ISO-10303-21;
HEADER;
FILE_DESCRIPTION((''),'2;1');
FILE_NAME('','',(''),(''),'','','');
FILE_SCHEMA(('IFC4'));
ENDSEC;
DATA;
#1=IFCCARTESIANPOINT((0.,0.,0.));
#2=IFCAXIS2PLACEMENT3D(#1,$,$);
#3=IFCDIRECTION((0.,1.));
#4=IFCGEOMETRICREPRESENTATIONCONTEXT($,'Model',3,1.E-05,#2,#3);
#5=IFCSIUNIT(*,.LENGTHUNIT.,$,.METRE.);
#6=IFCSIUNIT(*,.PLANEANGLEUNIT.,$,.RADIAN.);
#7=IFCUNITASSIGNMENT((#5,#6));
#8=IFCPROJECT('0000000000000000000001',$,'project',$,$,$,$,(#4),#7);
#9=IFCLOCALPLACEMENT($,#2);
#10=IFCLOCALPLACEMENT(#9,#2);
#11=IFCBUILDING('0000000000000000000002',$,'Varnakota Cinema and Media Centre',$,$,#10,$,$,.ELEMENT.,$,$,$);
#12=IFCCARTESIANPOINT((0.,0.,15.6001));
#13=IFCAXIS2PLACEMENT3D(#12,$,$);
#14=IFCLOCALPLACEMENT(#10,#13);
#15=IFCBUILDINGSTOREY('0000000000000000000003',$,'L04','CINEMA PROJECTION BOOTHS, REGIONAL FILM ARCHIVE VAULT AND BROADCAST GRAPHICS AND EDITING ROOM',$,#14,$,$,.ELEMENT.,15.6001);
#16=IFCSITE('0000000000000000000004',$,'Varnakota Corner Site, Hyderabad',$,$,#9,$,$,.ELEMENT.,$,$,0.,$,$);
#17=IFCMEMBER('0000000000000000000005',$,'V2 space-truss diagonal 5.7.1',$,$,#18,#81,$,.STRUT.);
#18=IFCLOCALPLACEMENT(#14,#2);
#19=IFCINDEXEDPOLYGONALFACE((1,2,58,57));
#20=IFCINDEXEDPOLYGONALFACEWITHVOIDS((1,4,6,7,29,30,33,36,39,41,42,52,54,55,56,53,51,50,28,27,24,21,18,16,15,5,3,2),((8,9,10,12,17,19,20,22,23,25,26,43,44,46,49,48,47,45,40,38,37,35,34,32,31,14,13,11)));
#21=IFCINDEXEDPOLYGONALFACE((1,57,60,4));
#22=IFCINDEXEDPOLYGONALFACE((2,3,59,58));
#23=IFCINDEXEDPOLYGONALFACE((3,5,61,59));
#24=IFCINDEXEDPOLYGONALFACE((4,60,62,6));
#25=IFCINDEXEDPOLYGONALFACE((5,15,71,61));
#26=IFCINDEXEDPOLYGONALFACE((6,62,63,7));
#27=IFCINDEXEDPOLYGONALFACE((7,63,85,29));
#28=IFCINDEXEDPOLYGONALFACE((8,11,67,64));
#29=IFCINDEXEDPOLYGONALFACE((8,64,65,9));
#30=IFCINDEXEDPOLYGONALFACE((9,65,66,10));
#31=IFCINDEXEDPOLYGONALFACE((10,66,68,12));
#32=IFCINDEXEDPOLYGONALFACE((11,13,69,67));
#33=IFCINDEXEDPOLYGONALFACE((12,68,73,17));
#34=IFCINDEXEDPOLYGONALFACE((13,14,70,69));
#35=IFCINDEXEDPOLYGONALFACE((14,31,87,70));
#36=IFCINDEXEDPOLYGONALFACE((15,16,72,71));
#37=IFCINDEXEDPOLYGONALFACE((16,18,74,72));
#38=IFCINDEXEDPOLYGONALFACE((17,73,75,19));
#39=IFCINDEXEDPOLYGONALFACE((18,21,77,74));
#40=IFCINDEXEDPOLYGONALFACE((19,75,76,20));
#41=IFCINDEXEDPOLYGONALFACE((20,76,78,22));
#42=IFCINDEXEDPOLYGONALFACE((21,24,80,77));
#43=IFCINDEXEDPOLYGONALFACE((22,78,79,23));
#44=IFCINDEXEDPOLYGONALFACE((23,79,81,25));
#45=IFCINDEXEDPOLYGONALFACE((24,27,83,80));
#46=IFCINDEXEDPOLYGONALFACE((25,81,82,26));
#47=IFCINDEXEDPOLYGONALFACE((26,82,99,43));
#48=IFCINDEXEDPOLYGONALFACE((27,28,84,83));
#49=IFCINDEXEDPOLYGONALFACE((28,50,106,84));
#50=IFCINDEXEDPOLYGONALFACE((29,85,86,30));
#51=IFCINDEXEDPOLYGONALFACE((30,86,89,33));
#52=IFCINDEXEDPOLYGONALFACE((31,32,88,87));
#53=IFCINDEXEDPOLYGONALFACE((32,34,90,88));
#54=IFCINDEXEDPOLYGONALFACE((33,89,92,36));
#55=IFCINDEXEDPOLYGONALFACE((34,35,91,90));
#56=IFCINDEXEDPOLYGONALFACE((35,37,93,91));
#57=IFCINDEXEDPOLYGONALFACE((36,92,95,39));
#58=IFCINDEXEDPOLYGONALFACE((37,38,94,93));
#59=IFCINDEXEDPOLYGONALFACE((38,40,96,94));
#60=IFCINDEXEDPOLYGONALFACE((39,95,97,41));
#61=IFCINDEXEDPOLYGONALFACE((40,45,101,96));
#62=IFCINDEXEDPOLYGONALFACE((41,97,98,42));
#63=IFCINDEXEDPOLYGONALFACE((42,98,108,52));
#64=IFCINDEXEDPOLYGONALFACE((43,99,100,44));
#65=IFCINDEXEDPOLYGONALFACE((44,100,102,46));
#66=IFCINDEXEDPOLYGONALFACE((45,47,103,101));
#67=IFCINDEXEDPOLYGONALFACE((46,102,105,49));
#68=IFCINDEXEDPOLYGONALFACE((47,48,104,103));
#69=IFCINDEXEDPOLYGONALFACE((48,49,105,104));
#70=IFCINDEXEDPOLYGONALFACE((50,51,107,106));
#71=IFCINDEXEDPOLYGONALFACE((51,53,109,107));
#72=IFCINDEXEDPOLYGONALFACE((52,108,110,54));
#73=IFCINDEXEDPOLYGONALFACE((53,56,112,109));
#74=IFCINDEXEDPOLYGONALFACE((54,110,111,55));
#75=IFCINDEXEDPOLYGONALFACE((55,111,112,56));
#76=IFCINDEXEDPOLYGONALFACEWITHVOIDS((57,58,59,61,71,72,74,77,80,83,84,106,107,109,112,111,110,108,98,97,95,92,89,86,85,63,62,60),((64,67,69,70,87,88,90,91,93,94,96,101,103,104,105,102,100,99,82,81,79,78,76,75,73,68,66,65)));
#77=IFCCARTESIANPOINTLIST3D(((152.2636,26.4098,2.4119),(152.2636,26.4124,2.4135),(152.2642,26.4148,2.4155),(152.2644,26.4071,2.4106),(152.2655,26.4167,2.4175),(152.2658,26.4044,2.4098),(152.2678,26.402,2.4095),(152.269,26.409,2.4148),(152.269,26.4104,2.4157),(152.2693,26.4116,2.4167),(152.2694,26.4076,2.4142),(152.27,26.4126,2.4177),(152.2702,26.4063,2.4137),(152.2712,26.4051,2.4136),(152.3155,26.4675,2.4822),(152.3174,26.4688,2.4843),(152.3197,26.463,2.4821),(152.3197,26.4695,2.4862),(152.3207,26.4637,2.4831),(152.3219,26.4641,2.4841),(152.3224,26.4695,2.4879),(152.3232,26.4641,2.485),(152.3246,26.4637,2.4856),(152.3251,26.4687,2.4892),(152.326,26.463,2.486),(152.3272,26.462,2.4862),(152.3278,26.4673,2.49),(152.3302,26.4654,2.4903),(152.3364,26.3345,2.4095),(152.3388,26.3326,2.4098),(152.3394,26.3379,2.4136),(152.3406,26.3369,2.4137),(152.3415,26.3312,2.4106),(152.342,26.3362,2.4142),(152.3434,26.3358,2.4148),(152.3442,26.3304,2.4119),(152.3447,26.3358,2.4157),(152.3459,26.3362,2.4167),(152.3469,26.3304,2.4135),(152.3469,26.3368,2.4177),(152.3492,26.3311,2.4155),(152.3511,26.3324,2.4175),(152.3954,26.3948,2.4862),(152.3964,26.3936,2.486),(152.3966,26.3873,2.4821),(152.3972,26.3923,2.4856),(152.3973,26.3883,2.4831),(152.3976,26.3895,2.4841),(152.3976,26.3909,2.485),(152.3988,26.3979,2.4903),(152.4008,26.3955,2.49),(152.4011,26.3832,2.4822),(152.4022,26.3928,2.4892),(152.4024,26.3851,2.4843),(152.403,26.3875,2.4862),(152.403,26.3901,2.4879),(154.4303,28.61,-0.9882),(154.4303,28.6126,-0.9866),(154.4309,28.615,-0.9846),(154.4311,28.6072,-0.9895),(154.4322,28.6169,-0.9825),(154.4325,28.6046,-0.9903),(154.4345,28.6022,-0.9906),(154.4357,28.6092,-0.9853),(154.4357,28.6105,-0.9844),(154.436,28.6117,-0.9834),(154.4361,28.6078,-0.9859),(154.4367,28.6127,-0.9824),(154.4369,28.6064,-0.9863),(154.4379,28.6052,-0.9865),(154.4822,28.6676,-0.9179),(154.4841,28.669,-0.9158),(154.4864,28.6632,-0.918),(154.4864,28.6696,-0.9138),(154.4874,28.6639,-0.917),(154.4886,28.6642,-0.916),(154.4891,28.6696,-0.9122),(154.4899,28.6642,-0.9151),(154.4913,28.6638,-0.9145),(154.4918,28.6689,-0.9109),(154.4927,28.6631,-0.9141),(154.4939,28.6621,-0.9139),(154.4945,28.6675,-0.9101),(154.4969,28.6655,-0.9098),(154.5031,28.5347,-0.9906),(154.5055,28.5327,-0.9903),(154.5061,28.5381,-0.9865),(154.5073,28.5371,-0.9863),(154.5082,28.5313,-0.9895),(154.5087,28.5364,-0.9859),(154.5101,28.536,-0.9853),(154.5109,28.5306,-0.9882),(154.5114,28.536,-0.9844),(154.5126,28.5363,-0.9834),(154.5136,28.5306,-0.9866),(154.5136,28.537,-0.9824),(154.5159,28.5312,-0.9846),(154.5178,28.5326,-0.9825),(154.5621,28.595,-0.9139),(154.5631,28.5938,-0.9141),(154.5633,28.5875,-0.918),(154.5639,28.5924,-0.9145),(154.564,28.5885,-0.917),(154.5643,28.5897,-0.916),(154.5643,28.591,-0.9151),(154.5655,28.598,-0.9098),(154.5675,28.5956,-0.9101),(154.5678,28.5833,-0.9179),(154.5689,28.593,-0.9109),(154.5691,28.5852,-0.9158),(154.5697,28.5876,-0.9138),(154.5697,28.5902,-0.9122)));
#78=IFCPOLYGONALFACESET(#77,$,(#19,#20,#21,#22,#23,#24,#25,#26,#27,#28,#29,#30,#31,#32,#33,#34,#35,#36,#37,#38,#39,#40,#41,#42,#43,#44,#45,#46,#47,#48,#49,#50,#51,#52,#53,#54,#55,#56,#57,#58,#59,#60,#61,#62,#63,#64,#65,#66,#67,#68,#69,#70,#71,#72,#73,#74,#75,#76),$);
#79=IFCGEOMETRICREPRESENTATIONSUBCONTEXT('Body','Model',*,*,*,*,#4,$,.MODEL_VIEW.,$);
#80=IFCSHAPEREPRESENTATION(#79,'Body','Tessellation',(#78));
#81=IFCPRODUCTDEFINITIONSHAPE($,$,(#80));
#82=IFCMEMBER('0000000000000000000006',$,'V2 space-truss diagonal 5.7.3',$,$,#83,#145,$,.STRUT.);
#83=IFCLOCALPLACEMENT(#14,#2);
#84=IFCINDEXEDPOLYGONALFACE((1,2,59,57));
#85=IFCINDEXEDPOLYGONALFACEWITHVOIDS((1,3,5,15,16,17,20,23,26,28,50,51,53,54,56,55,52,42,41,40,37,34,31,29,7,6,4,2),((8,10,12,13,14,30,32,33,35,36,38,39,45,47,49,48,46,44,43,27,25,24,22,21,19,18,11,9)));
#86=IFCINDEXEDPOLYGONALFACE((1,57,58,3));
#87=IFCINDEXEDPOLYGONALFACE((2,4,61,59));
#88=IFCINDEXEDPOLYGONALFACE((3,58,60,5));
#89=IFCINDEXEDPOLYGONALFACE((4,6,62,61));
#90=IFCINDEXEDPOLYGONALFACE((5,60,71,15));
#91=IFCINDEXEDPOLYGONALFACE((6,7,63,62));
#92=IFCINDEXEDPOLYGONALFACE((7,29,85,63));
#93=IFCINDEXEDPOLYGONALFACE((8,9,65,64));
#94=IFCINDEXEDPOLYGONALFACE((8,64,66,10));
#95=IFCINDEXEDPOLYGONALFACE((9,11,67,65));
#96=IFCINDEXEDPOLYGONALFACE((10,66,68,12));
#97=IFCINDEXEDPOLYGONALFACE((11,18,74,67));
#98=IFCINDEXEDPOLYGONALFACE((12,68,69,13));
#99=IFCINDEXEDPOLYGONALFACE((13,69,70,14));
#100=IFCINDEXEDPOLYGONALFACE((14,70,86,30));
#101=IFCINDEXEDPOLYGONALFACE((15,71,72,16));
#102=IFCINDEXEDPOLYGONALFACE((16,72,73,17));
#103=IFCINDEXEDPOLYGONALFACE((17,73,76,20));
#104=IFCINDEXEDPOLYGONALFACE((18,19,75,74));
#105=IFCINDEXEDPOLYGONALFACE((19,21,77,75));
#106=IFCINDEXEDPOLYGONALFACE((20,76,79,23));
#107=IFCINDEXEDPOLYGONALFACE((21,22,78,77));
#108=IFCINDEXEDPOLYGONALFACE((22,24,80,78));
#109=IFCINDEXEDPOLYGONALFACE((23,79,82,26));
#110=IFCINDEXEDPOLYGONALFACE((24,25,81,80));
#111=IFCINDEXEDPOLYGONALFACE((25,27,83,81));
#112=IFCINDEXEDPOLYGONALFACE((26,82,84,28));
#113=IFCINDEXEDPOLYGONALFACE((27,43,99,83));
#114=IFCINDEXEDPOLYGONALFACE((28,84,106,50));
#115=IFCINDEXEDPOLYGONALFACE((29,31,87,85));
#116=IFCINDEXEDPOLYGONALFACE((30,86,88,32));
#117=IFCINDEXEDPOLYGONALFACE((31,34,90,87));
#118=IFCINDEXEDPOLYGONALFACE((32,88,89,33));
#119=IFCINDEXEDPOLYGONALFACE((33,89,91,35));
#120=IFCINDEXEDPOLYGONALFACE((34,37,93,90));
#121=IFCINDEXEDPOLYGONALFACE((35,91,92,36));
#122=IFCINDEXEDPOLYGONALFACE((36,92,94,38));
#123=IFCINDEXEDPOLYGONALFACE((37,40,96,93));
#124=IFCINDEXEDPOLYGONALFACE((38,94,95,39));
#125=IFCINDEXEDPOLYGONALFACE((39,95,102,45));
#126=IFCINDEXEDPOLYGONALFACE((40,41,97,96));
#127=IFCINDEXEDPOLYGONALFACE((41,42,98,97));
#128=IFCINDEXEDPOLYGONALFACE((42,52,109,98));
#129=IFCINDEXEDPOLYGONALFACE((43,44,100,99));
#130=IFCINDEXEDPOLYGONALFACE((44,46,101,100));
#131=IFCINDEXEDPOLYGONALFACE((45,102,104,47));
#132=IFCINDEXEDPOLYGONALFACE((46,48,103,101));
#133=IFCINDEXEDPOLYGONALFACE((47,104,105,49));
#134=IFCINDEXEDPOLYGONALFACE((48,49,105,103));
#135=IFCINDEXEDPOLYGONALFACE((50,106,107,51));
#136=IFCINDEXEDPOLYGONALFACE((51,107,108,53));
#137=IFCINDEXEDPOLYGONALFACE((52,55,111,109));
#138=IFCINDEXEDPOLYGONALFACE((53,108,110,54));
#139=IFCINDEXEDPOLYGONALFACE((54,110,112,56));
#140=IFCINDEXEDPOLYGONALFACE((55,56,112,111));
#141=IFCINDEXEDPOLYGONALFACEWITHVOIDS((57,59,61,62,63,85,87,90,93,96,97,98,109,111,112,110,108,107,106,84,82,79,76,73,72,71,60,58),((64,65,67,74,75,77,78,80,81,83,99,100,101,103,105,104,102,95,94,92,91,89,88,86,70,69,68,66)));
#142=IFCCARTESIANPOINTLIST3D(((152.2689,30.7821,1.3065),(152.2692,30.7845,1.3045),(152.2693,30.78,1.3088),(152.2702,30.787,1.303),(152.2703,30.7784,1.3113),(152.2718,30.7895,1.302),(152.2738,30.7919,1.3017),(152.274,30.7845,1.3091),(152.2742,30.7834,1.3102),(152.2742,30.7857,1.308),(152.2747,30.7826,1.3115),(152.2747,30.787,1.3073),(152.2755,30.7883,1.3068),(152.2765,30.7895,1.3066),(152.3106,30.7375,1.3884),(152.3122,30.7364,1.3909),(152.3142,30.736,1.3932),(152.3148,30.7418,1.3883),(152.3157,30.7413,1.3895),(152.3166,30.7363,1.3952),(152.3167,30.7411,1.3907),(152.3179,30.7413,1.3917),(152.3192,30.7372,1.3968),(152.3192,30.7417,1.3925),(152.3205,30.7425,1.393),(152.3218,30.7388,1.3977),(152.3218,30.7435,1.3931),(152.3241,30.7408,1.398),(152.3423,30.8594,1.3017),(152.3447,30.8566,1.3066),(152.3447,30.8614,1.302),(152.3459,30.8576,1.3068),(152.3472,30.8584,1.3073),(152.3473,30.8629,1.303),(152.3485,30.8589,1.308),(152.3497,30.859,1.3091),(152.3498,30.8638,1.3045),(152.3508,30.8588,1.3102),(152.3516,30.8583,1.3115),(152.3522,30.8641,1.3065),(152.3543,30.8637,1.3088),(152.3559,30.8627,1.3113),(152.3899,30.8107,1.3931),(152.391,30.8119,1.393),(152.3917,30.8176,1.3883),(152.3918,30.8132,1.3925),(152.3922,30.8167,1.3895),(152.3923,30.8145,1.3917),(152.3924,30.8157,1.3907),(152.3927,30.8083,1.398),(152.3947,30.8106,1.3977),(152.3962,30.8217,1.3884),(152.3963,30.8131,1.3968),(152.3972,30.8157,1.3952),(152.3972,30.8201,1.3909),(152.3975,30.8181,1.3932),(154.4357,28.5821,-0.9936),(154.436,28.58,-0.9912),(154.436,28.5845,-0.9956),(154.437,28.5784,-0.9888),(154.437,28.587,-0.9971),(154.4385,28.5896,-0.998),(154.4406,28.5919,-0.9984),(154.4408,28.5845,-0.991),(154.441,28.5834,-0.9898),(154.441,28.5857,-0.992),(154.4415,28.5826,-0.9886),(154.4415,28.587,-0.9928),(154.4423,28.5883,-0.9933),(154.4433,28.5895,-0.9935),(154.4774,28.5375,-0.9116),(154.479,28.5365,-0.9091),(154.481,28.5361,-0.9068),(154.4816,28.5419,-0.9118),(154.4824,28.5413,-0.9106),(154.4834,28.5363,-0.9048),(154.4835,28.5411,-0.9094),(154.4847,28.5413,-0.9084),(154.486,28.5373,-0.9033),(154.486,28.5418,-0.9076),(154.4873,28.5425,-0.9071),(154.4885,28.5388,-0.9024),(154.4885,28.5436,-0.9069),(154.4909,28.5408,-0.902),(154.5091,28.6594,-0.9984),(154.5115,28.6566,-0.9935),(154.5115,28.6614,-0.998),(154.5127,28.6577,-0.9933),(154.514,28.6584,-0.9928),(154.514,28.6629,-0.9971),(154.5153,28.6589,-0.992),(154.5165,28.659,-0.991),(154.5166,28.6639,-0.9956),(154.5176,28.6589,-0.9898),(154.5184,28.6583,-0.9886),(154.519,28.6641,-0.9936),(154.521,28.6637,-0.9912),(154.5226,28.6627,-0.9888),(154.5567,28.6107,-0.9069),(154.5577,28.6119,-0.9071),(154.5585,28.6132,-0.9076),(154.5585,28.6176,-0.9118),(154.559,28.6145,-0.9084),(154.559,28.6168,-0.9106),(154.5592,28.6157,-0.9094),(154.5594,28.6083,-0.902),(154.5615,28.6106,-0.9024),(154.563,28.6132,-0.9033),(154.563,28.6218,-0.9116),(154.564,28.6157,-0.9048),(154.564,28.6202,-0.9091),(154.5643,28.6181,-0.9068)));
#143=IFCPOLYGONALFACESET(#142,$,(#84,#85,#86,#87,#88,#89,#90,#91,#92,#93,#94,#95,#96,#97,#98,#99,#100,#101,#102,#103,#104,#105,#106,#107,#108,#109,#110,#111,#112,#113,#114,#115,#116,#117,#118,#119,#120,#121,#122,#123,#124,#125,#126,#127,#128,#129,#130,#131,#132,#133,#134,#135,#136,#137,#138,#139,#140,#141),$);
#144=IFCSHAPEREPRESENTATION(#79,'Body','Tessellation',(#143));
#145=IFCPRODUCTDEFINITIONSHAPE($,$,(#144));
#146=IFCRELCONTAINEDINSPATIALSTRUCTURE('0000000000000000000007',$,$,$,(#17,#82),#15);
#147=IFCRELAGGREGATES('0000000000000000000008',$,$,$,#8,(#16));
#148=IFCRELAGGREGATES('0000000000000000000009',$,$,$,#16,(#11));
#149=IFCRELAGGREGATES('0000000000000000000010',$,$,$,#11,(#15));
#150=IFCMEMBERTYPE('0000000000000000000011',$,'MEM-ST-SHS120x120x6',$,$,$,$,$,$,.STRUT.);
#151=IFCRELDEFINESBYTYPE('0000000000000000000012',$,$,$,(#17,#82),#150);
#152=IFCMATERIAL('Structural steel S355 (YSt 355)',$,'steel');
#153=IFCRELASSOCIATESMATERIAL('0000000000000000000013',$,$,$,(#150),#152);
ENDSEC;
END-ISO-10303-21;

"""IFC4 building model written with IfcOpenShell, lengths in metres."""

from ifc_helpers import new_model, si_unit, direction, frame, origin, origin_2d, place, context, subcontext, project, spatial, hollow_rectangle, extrude, material, material_profile, profile_set, type_object, element, save


model = new_model("IFC4")

# Units and contexts
model_context = context("Model", 3, precision=1e-05, world=origin(), true_north=direction((0.0, 1.0)))
body_context = subcontext(model_context, "Body", "Model", "MODEL_VIEW")
ifc_project = project(units=[si_unit("LENGTHUNIT", "METRE"), si_unit("PLANEANGLEUNIT", "RADIAN")], contexts=[model_context])

# Site, building, storey
site_placement = place(None, origin())
site = spatial("IfcSite", under=ifc_project, at=site_placement, Name="Varnakota Corner Site, Hyderabad", CompositionType="ELEMENT", RefElevation=0.0)
building_placement = place(site_placement, origin())
building = spatial("IfcBuilding", under=site, at=building_placement, Name="Varnakota Cinema and Media Centre", CompositionType="ELEMENT")
storey_placement = place(building_placement, frame((0.0, 0.0, 15.6001)))
storey = spatial("IfcBuildingStorey", under=building, at=storey_placement, Name="L04", Description="CINEMA PROJECTION BOOTHS, REGIONAL FILM ARCHIVE VAULT AND BROADCAST GRAPHICS AND EDITING ROOM", CompositionType="ELEMENT", Elevation=15.6001)

# Members
ifc_material_1 = material(Name="Structural steel S355 (YSt 355)", Category="steel")
ifc_material_profile_1 = material_profile(ifc_material_1, hollow_rectangle(XDim=0.1201, YDim=0.1201, WallThickness=0.0061, InnerFilletRadius=0.0061, OuterFilletRadius=0.012, at=origin_2d()), Name="SHS 120x120x6")
ifc_profile_set_1 = profile_set([ifc_material_profile_1], Name="Structural steel S355 (YSt 355)")
member_type_1 = type_object("IfcMemberType", Name="MEM-ST-SHS120x120x6", PredefinedType="STRUT", material=ifc_profile_set_1)
member_1_placement = place(storey_placement, frame((154.5, 28.6001, -0.9502), z_axis=(-0.471739, -0.479021, 0.740271), x_axis=(0.712502, -0.70167, 0.0)))
element("IfcMember", 1, at=member_1_placement, inside=storey, type_object=member_type_1, Name="V2 space-truss diagonal 5.7.1", PredefinedType="STRUT", context=body_context, shape_type="SweptSolid", body=[
    extrude(hollow_rectangle(XDim=0.1201, YDim=0.1201, WallThickness=0.0061, InnerFilletRadius=0.0061, OuterFilletRadius=0.012, at=origin_2d()), origin(), (0.0, 0.0, 1.0), 4.593),
])
member_2_placement = place(storey_placement, frame((154.5, 28.6001, -0.9502), z_axis=(-0.562748, 0.571371, 0.597369), x_axis=(-0.712463, -0.70171, 0.0)))
element("IfcMember", 2, at=member_2_placement, inside=storey, type_object=member_type_1, Name="V2 space-truss diagonal 5.7.3", PredefinedType="STRUT", context=body_context, shape_type="SweptSolid", body=[
    extrude(hollow_rectangle(XDim=0.1201, YDim=0.1201, WallThickness=0.0061, InnerFilletRadius=0.0061, OuterFilletRadius=0.012, at=origin_2d()), origin(), (0.0, 0.0, 1.0), 3.8503),
])

save(model, "model.ifc")
